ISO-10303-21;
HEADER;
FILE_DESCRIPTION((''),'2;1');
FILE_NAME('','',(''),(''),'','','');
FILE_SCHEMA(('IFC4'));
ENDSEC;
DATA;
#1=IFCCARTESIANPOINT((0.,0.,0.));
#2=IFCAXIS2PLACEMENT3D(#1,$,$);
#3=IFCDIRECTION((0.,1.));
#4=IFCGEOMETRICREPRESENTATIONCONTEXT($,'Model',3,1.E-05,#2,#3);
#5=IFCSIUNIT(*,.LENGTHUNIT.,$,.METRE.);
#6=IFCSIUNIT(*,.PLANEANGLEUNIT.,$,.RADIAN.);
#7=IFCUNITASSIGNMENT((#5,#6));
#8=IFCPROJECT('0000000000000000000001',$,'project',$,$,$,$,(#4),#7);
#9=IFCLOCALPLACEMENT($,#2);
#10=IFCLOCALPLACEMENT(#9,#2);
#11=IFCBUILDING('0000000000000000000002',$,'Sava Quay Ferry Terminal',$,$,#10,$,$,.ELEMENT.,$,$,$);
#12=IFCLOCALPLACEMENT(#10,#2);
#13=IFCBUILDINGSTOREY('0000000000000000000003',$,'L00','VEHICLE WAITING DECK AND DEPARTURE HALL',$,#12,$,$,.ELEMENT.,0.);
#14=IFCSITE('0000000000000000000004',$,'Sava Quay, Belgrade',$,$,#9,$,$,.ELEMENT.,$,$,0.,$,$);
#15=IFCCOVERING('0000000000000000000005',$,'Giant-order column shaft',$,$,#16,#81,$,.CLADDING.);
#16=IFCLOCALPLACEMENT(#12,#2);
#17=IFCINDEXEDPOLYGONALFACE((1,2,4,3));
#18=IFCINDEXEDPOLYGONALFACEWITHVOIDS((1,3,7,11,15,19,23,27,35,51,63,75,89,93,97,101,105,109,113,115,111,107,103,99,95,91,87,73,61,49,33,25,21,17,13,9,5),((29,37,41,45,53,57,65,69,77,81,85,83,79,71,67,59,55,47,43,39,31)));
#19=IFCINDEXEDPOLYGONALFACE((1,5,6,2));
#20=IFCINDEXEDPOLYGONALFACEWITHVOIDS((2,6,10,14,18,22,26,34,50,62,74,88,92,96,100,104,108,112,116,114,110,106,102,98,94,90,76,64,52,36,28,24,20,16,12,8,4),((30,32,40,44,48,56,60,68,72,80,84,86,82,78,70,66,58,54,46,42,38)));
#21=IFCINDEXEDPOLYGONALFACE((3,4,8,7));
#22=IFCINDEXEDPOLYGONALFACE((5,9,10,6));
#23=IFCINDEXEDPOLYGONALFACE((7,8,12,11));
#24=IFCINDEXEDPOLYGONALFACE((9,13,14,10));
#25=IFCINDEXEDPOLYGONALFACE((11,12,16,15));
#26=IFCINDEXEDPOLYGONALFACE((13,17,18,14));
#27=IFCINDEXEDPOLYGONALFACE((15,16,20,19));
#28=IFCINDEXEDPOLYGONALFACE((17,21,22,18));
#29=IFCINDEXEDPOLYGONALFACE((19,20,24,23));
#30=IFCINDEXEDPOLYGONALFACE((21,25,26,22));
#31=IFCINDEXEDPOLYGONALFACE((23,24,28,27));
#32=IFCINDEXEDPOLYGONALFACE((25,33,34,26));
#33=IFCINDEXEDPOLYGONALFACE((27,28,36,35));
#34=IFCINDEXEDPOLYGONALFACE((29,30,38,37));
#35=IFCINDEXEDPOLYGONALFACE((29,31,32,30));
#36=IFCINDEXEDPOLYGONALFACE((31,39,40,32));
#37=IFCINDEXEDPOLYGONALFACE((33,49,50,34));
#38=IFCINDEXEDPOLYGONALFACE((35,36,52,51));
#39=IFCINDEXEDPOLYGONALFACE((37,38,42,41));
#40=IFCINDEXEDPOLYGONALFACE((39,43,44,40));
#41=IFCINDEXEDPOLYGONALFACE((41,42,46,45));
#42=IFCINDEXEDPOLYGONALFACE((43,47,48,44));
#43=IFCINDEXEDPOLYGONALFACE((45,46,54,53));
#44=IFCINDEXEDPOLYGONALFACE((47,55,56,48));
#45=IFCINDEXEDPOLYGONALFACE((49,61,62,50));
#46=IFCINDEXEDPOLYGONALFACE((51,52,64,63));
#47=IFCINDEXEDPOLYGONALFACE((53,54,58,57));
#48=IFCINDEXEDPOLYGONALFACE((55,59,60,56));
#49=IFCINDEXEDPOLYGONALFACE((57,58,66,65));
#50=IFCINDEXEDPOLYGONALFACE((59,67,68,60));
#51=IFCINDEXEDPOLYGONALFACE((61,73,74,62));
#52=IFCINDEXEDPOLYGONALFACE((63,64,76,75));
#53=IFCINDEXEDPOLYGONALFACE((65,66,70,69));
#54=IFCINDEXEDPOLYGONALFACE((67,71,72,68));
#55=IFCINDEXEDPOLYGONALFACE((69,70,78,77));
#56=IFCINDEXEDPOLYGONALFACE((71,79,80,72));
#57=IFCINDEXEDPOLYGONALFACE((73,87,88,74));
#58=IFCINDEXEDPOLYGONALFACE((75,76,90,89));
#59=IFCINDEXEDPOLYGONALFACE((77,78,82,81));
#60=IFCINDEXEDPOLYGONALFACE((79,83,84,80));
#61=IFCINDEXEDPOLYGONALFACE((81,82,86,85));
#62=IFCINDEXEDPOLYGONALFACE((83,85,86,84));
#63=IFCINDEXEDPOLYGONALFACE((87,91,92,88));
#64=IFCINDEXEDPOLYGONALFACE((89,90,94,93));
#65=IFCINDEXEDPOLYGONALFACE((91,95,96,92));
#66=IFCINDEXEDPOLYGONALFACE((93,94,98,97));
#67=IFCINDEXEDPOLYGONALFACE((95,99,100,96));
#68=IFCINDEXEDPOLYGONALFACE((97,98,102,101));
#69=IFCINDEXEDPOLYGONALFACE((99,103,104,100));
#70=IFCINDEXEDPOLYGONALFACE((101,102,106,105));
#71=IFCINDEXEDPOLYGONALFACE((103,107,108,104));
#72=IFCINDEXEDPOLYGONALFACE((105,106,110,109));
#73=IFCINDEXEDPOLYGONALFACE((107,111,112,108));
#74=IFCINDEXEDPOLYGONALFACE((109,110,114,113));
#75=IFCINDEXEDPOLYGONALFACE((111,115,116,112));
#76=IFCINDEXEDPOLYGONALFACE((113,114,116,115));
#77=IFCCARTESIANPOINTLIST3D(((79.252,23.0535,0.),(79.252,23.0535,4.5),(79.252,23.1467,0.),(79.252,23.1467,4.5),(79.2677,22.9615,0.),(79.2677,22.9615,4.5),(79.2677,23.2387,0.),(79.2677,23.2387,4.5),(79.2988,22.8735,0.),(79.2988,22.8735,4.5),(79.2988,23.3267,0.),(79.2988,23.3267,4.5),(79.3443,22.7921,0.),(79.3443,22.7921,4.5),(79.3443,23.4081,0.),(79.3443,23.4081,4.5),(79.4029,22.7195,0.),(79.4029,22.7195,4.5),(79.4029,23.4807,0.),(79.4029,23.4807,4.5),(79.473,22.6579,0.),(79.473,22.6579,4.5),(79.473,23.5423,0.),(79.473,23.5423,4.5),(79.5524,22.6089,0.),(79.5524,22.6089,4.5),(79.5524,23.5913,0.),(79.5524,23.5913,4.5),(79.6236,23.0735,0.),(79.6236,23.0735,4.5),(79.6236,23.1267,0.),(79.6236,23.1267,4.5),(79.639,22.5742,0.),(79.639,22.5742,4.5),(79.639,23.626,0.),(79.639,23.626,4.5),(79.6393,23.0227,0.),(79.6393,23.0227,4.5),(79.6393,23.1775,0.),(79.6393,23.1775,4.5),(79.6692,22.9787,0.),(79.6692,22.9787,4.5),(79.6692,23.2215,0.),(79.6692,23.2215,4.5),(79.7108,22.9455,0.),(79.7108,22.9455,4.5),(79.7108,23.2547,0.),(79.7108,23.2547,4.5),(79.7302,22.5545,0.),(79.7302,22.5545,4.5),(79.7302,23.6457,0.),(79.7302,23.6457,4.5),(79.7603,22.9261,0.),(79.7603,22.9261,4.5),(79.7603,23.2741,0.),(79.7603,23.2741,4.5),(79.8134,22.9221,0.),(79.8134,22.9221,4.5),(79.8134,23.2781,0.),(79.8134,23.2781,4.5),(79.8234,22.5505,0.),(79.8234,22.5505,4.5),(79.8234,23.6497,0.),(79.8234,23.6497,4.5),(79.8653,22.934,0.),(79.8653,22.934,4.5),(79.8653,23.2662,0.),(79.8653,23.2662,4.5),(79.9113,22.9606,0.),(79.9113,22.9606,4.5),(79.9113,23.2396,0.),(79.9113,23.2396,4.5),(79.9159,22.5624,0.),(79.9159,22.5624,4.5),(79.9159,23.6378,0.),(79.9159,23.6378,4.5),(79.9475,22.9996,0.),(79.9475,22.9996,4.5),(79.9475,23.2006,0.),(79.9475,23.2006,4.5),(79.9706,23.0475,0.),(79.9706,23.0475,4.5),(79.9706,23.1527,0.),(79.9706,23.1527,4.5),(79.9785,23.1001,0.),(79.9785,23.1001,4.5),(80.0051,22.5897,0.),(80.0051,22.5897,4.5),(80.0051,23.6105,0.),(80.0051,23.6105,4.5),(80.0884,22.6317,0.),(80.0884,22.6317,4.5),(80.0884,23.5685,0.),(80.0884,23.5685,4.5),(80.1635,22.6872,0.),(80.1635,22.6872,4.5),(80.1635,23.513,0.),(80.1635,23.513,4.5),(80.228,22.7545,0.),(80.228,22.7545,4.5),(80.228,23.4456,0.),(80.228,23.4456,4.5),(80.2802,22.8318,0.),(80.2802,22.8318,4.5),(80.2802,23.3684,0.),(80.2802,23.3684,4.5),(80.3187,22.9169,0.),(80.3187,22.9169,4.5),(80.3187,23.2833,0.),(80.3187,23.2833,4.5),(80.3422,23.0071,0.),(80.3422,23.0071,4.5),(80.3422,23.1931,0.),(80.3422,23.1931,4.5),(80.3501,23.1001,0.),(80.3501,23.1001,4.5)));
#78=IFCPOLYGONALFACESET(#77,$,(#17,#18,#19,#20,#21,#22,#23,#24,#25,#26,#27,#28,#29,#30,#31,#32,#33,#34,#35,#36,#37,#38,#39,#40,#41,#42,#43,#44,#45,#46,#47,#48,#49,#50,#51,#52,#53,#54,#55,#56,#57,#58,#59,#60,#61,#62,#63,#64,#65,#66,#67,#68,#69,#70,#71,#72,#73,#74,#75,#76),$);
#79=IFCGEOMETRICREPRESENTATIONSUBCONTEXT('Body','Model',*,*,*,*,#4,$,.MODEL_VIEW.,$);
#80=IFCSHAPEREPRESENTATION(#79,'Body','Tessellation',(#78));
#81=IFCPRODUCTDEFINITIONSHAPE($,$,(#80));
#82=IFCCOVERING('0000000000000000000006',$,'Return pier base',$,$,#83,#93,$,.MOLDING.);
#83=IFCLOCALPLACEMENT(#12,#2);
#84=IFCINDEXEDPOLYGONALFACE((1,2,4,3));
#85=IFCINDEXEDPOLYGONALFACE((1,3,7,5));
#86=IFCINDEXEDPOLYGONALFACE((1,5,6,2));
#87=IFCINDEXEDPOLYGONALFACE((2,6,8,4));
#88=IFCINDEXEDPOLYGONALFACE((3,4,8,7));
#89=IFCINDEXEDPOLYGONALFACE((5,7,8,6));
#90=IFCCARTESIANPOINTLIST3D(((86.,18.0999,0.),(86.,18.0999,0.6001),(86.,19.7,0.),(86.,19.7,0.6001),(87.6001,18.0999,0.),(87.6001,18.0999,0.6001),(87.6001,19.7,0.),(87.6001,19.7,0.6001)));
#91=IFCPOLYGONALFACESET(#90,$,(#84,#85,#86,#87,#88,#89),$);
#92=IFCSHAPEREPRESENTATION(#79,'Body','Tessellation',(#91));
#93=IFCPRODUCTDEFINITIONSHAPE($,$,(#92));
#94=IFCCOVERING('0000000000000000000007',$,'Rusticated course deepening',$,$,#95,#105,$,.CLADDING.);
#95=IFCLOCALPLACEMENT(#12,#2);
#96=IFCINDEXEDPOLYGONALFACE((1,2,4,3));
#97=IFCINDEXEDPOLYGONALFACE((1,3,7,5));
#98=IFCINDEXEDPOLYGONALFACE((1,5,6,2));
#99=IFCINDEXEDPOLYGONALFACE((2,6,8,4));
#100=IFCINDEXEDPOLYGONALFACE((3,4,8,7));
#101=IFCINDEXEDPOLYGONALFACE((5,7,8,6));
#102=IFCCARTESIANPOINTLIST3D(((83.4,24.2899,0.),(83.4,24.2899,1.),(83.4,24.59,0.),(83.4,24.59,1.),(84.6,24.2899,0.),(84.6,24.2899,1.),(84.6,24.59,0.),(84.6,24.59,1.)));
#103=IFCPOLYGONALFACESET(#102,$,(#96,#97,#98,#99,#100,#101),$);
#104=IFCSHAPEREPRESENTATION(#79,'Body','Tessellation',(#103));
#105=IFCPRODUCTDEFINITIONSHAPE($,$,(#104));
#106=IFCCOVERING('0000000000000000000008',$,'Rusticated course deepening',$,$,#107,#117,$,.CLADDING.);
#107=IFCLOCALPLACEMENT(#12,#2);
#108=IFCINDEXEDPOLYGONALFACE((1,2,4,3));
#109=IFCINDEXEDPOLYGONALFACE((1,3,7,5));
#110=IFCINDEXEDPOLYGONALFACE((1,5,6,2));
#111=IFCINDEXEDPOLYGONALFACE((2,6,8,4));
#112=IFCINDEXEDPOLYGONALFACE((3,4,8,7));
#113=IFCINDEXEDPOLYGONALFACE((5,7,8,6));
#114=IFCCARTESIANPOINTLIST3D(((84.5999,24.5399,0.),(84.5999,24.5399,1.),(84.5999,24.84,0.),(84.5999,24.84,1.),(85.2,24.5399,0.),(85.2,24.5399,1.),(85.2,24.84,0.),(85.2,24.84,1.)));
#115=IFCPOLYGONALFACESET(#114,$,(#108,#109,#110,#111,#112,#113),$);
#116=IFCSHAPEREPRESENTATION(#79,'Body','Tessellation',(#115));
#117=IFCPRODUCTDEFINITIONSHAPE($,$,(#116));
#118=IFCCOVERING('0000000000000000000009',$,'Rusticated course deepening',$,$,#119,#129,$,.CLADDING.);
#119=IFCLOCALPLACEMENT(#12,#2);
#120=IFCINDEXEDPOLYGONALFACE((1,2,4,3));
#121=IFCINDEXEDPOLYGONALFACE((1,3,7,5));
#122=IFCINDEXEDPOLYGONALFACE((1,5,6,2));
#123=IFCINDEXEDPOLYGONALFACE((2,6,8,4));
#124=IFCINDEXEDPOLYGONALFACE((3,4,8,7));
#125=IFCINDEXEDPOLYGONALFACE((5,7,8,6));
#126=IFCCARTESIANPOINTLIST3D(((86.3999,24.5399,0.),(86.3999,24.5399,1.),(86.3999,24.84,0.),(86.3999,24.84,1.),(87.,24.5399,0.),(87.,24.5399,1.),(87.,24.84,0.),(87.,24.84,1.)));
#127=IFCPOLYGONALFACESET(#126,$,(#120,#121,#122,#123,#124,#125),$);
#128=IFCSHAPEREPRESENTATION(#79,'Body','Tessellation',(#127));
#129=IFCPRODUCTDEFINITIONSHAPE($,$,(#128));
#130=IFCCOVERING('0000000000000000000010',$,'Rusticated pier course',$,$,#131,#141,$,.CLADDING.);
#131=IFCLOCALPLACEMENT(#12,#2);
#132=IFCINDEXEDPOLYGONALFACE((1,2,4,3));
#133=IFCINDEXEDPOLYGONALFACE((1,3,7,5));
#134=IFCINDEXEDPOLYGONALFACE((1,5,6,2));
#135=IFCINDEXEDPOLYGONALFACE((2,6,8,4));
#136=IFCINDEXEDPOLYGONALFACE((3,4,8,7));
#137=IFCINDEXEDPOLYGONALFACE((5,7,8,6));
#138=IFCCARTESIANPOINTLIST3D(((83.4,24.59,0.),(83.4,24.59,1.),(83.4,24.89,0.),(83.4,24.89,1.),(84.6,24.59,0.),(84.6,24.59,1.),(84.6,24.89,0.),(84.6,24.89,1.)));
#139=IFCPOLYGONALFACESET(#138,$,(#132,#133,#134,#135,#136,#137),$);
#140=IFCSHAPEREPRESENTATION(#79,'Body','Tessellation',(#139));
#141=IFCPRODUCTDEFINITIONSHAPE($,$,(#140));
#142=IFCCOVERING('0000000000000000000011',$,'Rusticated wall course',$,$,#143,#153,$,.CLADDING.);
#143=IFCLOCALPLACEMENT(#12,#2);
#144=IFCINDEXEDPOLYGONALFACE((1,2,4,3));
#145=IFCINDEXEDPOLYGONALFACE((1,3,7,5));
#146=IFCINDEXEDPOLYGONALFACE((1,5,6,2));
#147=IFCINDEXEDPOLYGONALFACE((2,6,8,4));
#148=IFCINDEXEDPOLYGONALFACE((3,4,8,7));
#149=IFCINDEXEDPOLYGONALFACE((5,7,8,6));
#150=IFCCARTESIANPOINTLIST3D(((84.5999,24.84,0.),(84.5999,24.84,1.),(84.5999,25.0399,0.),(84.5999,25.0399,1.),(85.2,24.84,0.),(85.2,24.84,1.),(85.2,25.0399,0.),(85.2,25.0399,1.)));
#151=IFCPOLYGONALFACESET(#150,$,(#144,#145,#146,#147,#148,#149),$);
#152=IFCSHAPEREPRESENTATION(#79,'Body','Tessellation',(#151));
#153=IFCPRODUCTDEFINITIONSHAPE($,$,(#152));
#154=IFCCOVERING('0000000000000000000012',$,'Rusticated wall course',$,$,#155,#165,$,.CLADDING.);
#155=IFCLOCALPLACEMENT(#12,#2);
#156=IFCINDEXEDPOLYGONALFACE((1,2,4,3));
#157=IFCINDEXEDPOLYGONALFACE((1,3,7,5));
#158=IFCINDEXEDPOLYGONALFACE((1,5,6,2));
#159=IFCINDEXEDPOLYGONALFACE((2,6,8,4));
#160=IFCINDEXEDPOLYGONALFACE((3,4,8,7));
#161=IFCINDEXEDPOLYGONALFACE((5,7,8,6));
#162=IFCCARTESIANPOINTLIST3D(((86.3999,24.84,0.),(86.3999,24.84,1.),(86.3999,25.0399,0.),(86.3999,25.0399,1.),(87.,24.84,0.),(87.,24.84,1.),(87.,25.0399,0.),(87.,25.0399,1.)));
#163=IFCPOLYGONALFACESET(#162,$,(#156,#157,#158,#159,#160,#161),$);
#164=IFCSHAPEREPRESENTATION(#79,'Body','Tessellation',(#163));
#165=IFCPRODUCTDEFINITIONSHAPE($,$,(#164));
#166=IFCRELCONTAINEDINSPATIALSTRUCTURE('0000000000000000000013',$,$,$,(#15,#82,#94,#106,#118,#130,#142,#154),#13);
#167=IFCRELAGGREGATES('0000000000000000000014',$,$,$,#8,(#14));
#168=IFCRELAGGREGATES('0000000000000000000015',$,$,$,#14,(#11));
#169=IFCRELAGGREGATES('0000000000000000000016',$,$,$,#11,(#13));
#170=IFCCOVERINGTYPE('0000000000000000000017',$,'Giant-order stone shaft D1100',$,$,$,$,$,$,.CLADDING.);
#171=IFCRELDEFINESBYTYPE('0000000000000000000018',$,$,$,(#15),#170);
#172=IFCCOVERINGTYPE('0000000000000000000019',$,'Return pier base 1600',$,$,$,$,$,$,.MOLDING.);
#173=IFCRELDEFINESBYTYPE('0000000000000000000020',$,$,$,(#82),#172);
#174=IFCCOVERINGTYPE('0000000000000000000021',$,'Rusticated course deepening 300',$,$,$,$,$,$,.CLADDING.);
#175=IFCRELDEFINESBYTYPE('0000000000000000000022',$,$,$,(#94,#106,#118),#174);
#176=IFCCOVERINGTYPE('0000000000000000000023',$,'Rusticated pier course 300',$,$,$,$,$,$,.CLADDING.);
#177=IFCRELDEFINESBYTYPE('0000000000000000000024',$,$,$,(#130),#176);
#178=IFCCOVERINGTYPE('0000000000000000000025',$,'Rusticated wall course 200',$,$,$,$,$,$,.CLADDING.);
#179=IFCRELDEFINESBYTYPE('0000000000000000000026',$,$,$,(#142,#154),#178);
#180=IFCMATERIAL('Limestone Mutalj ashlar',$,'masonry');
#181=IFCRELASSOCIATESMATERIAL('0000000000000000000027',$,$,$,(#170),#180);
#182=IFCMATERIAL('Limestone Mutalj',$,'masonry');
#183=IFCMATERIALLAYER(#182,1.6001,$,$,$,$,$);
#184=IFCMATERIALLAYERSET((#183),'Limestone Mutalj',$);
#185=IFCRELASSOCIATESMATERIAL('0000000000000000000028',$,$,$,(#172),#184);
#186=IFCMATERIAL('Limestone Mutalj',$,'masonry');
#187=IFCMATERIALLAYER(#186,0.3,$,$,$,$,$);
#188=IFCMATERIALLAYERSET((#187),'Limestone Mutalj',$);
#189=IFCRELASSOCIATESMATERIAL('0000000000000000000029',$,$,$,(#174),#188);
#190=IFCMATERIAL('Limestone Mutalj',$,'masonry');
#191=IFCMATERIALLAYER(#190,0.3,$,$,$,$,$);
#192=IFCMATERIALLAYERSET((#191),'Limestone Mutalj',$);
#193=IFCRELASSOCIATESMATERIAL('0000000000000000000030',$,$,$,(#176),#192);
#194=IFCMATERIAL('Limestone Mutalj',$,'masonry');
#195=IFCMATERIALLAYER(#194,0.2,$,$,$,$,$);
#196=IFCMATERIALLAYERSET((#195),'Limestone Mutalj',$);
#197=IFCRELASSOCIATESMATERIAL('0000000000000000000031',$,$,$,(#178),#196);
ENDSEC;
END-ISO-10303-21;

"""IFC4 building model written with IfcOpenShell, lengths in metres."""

from ifc_helpers import new_model, si_unit, direction, frame, origin, origin_2d, place, context, subcontext, project, spatial, rectangle, hollow_circle, extrude, material, layer, layer_set, material_profile, profile_set, type_object, element, save


model = new_model("IFC4")

# Units and contexts
model_context = context("Model", 3, precision=1e-05, world=origin(), true_north=direction((0.0, 1.0)))
body_context = subcontext(model_context, "Body", "Model", "MODEL_VIEW")
ifc_project = project(units=[si_unit("LENGTHUNIT", "METRE"), si_unit("PLANEANGLEUNIT", "RADIAN")], contexts=[model_context])

# Site, building, storey
site_placement = place(None, origin())
site = spatial("IfcSite", under=ifc_project, at=site_placement, Name="Sava Quay, Belgrade", CompositionType="ELEMENT", RefElevation=0.0)
building_placement = place(site_placement, origin())
building = spatial("IfcBuilding", under=site, at=building_placement, Name="Sava Quay Ferry Terminal", CompositionType="ELEMENT")
storey_placement = place(building_placement, origin())
storey = spatial("IfcBuildingStorey", under=building, at=storey_placement, Name="L00", Description="VEHICLE WAITING DECK AND DEPARTURE HALL", CompositionType="ELEMENT", Elevation=0.0)

# Coverings
ifc_material_1 = material(Name="Limestone Mutalj ashlar", Category="masonry")
ifc_material_profile_1 = material_profile(ifc_material_1, hollow_circle(Radius=0.55, WallThickness=0.3716, at=origin_2d()), Name="Stone shaft D1100")
ifc_profile_set_1 = profile_set([ifc_material_profile_1], Name="Limestone Mutalj ashlar")
covering_type_1 = type_object("IfcCoveringType", Name="Giant-order stone shaft D1100", PredefinedType="CLADDING", material=ifc_profile_set_1)
for number, where, z_axis, x_axis, name in (
    (1, (79.8, 23.1001, 0.0), (0.0, 0.0, 1.0), (1.0, 0.0, 0.0), "Giant-order column shaft"),
):
    element("IfcCovering", number, at=place(storey_placement, frame(where, z_axis=z_axis, x_axis=x_axis)), inside=storey, type_object=covering_type_1, Name=name, PredefinedType="CLADDING", context=body_context, shape_type="SweptSolid", body=[
        extrude(hollow_circle(Radius=0.55, WallThickness=0.3716, at=origin_2d()), origin(), (0.0, 0.0, 1.0), 4.5),
    ])
ifc_material_2 = material(Name="Limestone Mutalj", Category="masonry")
ifc_layer_1 = layer(ifc_material_2, 1.6001)
ifc_layer_set_1 = layer_set([ifc_layer_1], Name="Limestone Mutalj")
covering_type_2 = type_object("IfcCoveringType", Name="Return pier base 1600", PredefinedType="MOLDING", material=ifc_layer_set_1)
covering_1_placement = place(storey_placement, frame((86.8, 18.8999, 0.0), z_axis=(0.0, 0.0, 1.0), x_axis=(1.0, 0.0, 0.0)))
element("IfcCovering", 2, at=covering_1_placement, inside=storey, type_object=covering_type_2, Name="Return pier base", PredefinedType="MOLDING", context=body_context, shape_type="SweptSolid", body=[
    extrude(rectangle(XDim=1.6001, YDim=1.6001, at=origin_2d()), origin(), (0.0, 0.0, 1.0), 0.6001),
])
ifc_material_3 = material(Name="Limestone Mutalj", Category="masonry")
ifc_layer_2 = layer(ifc_material_3, 0.3)
ifc_layer_set_2 = layer_set([ifc_layer_2], Name="Limestone Mutalj")
covering_type_3 = type_object("IfcCoveringType", Name="Rusticated course deepening 300", PredefinedType="CLADDING", material=ifc_layer_set_2)
covering_2_placement = place(storey_placement, frame((84.0, 24.4399, 0.0), z_axis=(0.0, 0.0, 1.0), x_axis=(1.0, 0.0, 0.0)))
element("IfcCovering", 3, at=covering_2_placement, inside=storey, type_object=covering_type_3, Name="Rusticated course deepening", PredefinedType="CLADDING", context=body_context, shape_type="SweptSolid", body=[
    extrude(rectangle(XDim=1.2, YDim=0.3, at=origin_2d()), origin(), (0.0, 0.0, 1.0), 1.0),
])
for number, where, z_axis, x_axis, name in (
    (4, (84.8999, 24.6899, 0.0), (0.0, 0.0, 1.0), (1.0, 0.0, 0.0), "Rusticated course deepening"),
    (5, (86.7, 24.6899, 0.0), (0.0, 0.0, 1.0), (1.0, 0.0, 0.0), "Rusticated course deepening"),
):
    element("IfcCovering", number, at=place(storey_placement, frame(where, z_axis=z_axis, x_axis=x_axis)), inside=storey, type_object=covering_type_3, Name=name, PredefinedType="CLADDING", context=body_context, shape_type="SweptSolid", body=[
        extrude(rectangle(XDim=0.6001, YDim=0.3, at=origin_2d()), origin(), (0.0, 0.0, 1.0), 1.0),
    ])
ifc_material_4 = material(Name="Limestone Mutalj", Category="masonry")
ifc_layer_3 = layer(ifc_material_4, 0.3)
ifc_layer_set_3 = layer_set([ifc_layer_3], Name="Limestone Mutalj")
covering_type_4 = type_object("IfcCoveringType", Name="Rusticated pier course 300", PredefinedType="CLADDING", material=ifc_layer_set_3)
covering_3_placement = place(storey_placement, frame((84.0, 24.74, 0.0), z_axis=(0.0, 0.0, 1.0), x_axis=(1.0, 0.0, 0.0)))
element("IfcCovering", 6, at=covering_3_placement, inside=storey, type_object=covering_type_4, Name="Rusticated pier course", PredefinedType="CLADDING", context=body_context, shape_type="SweptSolid", body=[
    extrude(rectangle(XDim=1.2, YDim=0.3, at=origin_2d()), origin(), (0.0, 0.0, 1.0), 1.0),
])
ifc_material_5 = material(Name="Limestone Mutalj", Category="masonry")
ifc_layer_4 = layer(ifc_material_5, 0.2)
ifc_layer_set_4 = layer_set([ifc_layer_4], Name="Limestone Mutalj")
covering_type_5 = type_object("IfcCoveringType", Name="Rusticated wall course 200", PredefinedType="CLADDING", material=ifc_layer_set_4)
for number, where, z_axis, x_axis, name in (
    (7, (84.8999, 24.9399, 0.0), (0.0, 0.0, 1.0), (1.0, 0.0, 0.0), "Rusticated wall course"),
    (8, (86.7, 24.9399, 0.0), (0.0, 0.0, 1.0), (1.0, 0.0, 0.0), "Rusticated wall course"),
):
    element("IfcCovering", number, at=place(storey_placement, frame(where, z_axis=z_axis, x_axis=x_axis)), inside=storey, type_object=covering_type_5, Name=name, PredefinedType="CLADDING", context=body_context, shape_type="SweptSolid", body=[
        extrude(rectangle(XDim=0.6001, YDim=0.2, at=origin_2d()), origin(), (0.0, 0.0, 1.0), 1.0),
    ])

save(model, "model.ifc")
